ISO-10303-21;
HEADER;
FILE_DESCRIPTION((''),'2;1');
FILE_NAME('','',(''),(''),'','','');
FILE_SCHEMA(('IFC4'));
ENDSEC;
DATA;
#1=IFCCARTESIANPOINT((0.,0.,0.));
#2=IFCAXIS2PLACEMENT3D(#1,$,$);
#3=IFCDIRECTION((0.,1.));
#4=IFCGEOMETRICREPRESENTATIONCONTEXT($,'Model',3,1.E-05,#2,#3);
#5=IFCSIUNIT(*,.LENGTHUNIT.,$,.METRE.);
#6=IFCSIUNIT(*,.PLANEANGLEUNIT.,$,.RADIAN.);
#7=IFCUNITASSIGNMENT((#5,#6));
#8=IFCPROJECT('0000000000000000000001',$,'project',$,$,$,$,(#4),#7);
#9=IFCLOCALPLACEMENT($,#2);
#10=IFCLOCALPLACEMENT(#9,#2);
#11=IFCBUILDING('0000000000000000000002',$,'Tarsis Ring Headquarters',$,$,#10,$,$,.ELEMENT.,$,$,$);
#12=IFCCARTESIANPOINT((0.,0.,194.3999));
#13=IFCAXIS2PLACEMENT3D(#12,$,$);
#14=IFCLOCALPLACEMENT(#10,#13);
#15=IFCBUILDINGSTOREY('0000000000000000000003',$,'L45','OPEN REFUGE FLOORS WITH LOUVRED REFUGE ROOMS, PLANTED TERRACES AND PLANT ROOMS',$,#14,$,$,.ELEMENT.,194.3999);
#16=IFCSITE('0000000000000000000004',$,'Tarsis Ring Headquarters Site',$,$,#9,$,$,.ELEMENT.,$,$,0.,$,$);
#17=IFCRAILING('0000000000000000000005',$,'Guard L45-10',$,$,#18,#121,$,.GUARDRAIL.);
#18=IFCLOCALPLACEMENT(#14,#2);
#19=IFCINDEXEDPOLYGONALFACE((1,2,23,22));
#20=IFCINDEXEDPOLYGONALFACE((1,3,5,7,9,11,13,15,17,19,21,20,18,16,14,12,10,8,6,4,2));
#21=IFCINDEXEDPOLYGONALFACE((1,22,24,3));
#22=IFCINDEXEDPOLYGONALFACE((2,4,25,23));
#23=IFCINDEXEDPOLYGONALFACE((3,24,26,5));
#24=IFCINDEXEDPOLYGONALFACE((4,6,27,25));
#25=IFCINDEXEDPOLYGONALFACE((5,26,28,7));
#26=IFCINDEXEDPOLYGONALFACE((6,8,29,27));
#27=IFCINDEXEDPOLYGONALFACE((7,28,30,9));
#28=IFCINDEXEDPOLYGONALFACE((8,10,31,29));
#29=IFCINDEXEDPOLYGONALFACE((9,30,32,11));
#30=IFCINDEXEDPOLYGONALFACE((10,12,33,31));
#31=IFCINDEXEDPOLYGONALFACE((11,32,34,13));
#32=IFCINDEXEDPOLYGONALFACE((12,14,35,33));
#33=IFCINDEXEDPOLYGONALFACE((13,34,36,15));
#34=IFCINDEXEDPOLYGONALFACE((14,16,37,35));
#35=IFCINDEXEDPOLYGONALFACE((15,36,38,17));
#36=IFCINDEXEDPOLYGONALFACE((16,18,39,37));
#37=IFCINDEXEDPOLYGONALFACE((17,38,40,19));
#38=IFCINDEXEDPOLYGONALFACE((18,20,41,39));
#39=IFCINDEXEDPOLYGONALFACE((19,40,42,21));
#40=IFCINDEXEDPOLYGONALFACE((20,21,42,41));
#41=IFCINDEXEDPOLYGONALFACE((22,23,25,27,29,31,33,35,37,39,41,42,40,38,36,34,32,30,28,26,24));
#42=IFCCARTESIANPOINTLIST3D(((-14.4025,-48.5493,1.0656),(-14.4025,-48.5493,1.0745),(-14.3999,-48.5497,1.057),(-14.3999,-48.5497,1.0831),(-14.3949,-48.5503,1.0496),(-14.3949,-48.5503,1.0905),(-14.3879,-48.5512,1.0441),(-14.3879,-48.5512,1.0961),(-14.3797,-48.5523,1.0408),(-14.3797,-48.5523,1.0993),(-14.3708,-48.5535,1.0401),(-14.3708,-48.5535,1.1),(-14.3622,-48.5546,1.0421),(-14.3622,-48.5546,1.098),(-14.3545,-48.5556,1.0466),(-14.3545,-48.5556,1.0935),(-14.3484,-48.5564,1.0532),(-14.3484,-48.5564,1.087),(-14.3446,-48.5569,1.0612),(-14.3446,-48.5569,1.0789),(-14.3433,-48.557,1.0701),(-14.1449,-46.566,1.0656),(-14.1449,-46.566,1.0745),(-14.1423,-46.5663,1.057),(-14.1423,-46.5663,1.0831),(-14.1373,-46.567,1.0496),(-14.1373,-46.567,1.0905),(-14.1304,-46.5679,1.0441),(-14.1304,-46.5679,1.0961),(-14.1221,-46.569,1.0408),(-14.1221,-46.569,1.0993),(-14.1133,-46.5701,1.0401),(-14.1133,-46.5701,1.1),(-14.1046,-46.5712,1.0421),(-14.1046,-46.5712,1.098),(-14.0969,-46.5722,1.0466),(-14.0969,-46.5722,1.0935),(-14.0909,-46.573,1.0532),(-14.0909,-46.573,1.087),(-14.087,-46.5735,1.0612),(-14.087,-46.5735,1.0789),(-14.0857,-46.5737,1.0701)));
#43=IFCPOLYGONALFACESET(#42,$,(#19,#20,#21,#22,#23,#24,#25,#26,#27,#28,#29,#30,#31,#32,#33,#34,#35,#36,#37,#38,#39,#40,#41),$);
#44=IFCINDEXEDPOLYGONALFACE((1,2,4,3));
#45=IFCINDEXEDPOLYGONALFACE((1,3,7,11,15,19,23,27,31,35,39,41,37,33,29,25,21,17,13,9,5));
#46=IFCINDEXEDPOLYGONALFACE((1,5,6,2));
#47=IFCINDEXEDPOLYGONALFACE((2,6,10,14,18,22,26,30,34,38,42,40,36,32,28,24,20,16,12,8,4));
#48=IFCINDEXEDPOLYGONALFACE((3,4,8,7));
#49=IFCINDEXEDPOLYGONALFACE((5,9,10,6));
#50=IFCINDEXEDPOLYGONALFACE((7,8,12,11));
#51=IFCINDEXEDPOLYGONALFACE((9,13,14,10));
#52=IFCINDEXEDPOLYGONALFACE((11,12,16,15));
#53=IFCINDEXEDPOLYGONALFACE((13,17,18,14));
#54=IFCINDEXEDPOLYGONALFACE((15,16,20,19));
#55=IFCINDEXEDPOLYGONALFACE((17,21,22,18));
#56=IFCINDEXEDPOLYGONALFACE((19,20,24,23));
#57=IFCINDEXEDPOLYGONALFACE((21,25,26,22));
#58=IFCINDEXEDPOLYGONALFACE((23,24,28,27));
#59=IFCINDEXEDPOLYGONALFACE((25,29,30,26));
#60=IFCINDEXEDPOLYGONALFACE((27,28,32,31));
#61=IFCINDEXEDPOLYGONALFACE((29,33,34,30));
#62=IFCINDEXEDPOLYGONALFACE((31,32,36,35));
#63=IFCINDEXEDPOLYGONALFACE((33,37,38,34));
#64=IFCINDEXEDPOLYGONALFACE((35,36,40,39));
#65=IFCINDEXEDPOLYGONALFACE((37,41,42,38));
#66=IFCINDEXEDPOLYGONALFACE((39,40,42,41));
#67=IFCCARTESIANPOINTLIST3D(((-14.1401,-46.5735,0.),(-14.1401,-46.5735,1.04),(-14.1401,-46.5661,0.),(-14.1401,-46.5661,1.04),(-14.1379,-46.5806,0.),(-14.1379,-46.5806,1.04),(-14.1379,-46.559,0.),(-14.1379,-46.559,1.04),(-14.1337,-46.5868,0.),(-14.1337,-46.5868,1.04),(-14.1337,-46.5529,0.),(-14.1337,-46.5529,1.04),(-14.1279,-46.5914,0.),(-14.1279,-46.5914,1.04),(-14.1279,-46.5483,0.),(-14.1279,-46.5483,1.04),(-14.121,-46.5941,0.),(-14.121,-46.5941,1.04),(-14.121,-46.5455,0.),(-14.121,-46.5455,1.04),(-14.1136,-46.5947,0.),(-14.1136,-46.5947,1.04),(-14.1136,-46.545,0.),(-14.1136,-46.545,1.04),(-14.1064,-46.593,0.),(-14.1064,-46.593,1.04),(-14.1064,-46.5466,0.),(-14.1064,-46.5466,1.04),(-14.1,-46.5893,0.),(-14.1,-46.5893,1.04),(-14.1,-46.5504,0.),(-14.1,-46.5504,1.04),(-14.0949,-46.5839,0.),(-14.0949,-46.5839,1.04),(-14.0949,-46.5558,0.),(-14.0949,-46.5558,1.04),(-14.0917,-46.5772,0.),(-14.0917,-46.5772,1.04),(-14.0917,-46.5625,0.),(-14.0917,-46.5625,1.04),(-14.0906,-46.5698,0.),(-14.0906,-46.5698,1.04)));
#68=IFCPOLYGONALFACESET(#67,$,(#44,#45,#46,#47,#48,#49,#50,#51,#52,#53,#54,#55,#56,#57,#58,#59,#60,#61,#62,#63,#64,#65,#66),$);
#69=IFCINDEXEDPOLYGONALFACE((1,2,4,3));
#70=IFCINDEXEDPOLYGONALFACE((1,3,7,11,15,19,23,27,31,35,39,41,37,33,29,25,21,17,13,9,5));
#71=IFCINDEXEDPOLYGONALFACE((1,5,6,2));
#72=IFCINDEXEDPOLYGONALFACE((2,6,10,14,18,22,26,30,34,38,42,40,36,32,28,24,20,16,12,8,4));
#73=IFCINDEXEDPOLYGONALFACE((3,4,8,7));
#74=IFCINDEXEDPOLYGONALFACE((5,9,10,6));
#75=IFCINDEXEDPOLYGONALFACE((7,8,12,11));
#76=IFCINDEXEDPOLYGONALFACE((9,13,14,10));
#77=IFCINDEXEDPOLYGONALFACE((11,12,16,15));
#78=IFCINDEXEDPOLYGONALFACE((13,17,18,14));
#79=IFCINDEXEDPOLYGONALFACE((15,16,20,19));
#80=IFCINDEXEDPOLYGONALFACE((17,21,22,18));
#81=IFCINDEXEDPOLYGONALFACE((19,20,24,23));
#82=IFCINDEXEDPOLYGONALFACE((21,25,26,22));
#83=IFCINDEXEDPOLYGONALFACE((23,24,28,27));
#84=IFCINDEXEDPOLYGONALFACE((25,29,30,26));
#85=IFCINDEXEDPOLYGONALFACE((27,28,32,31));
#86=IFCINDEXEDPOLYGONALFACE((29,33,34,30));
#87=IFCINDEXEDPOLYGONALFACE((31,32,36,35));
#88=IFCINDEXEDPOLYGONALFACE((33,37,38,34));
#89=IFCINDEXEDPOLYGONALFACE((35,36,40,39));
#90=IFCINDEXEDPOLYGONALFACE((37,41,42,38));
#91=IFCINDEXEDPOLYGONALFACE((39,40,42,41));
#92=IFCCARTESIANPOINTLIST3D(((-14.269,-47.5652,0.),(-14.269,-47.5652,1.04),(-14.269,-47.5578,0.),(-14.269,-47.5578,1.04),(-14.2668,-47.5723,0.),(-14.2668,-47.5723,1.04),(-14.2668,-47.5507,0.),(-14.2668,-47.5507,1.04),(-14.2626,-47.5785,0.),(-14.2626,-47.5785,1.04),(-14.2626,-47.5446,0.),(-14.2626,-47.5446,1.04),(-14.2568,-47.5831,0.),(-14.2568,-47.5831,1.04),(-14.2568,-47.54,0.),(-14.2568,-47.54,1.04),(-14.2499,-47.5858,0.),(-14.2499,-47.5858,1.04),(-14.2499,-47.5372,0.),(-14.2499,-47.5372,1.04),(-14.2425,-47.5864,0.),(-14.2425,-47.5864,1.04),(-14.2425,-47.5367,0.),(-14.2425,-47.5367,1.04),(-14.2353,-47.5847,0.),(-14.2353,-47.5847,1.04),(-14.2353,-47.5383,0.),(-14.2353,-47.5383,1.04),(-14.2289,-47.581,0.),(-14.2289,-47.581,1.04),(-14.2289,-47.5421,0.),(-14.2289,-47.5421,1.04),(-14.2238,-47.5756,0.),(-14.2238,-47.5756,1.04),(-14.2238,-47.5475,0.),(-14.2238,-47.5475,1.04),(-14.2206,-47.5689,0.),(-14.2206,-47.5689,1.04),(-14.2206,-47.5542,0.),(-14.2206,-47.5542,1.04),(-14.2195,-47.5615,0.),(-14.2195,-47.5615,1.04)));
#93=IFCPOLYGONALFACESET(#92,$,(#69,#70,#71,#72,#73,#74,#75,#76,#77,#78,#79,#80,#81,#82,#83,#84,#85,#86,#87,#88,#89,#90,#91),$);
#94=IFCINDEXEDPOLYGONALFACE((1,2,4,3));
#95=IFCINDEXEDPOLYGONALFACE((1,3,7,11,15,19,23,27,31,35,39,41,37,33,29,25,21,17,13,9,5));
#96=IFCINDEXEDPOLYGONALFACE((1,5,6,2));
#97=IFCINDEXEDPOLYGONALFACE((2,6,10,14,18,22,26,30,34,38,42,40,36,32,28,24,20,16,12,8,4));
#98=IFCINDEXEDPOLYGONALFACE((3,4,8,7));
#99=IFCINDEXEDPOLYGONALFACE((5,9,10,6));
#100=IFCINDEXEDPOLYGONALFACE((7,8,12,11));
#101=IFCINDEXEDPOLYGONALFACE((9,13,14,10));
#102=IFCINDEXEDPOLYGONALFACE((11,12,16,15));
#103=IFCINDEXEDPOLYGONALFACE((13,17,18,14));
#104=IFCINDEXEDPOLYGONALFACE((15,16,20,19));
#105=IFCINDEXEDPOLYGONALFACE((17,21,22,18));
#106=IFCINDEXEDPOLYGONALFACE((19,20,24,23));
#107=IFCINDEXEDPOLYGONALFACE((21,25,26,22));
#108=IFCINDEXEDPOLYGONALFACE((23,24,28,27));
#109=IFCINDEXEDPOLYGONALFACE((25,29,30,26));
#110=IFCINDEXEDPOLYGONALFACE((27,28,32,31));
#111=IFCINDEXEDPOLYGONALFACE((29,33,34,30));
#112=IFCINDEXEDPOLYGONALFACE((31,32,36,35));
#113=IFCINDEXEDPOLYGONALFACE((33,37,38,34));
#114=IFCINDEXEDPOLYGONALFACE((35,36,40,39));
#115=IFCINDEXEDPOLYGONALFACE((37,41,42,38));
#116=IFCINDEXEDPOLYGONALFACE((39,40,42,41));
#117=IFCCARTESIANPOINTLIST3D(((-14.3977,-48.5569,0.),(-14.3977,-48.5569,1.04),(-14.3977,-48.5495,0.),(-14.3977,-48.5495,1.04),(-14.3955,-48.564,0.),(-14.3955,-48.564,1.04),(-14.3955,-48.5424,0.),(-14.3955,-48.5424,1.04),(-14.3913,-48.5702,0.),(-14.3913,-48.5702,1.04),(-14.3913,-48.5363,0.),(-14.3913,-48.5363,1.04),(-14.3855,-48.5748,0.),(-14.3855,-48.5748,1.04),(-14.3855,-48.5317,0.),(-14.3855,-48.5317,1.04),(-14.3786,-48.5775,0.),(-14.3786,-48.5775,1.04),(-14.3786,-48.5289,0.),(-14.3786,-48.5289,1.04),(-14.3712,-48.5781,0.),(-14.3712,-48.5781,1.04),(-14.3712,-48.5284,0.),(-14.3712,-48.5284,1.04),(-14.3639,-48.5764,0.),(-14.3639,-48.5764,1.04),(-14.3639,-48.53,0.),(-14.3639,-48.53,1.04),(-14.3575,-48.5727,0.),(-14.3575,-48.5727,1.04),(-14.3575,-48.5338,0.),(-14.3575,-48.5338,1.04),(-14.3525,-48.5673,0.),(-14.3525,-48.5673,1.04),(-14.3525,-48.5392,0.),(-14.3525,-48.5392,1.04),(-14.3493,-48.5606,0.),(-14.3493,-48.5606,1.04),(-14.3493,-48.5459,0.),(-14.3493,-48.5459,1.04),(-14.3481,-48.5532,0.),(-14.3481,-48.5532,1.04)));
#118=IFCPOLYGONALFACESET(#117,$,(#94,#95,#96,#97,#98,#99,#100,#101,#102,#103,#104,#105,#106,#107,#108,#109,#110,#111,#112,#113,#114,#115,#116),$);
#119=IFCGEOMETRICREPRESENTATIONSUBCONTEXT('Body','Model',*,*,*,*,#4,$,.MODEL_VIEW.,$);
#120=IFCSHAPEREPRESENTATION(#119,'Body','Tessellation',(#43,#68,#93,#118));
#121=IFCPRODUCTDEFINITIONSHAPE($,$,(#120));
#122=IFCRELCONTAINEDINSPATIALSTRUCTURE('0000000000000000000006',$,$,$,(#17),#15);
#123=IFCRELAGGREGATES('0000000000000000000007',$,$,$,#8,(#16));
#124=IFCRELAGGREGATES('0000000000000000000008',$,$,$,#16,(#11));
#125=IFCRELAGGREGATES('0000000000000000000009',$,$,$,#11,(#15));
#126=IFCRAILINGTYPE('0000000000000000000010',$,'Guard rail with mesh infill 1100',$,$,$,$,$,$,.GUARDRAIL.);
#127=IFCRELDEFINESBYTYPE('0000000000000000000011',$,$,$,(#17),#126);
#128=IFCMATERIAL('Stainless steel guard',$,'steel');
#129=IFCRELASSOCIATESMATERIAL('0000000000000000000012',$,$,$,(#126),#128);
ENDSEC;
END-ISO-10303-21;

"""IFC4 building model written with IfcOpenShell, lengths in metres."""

from ifc_helpers import new_model, si_unit, direction, frame, origin, origin_2d, place, context, subcontext, project, spatial, circle, extrude, material, type_object, element, save


model = new_model("IFC4")

# Units and contexts
model_context = context("Model", 3, precision=1e-05, world=origin(), true_north=direction((0.0, 1.0)))
body_context = subcontext(model_context, "Body", "Model", "MODEL_VIEW")
ifc_project = project(units=[si_unit("LENGTHUNIT", "METRE"), si_unit("PLANEANGLEUNIT", "RADIAN")], contexts=[model_context])

# Site, building, storey
site_placement = place(None, origin())
site = spatial("IfcSite", under=ifc_project, at=site_placement, Name="Tarsis Ring Headquarters Site", CompositionType="ELEMENT", RefElevation=0.0)
building_placement = place(site_placement, origin())
building = spatial("IfcBuilding", under=site, at=building_placement, Name="Tarsis Ring Headquarters", CompositionType="ELEMENT")
storey_placement = place(building_placement, frame((0.0, 0.0, 194.3999)))
storey = spatial("IfcBuildingStorey", under=building, at=storey_placement, Name="L45", Description="OPEN REFUGE FLOORS WITH LOUVRED REFUGE ROOMS, PLANTED TERRACES AND PLANT ROOMS", CompositionType="ELEMENT", Elevation=194.3999)

# Railing
ifc_material_1 = material(Name="Stainless steel guard", Category="steel")
railing_type_1 = type_object("IfcRailingType", Name="Guard rail with mesh infill 1100", PredefinedType="GUARDRAIL", material=ifc_material_1)
railing_1_placement = place(storey_placement, frame((-14.1155, -46.5698, 0.0)))
element("IfcRailing", 1, at=railing_1_placement, inside=storey, type_object=railing_type_1, Name="Guard L45-10", PredefinedType="GUARDRAIL", context=body_context, shape_type="SweptSolid", body=[
    extrude(circle(Radius=0.03, at=origin_2d()), frame((0.0, 0.0, 1.0701), z_axis=(-0.128781, -0.991673, 0.0), x_axis=(0.991673, -0.128781, 0.0)), (0.0, 0.0, 1.0), 2.0),
    extrude(circle(Radius=0.0249, at=origin_2d()), origin(), (0.0, 0.0, 1.0), 1.04),
    extrude(circle(Radius=0.0249, at=origin_2d()), frame((-0.1289, -0.9917, 0.0)), (0.0, 0.0, 1.0), 1.04),
    extrude(circle(Radius=0.0249, at=origin_2d()), frame((-0.2576, -1.9834, 0.0)), (0.0, 0.0, 1.0), 1.04),
])

save(model, "model.ifc")
